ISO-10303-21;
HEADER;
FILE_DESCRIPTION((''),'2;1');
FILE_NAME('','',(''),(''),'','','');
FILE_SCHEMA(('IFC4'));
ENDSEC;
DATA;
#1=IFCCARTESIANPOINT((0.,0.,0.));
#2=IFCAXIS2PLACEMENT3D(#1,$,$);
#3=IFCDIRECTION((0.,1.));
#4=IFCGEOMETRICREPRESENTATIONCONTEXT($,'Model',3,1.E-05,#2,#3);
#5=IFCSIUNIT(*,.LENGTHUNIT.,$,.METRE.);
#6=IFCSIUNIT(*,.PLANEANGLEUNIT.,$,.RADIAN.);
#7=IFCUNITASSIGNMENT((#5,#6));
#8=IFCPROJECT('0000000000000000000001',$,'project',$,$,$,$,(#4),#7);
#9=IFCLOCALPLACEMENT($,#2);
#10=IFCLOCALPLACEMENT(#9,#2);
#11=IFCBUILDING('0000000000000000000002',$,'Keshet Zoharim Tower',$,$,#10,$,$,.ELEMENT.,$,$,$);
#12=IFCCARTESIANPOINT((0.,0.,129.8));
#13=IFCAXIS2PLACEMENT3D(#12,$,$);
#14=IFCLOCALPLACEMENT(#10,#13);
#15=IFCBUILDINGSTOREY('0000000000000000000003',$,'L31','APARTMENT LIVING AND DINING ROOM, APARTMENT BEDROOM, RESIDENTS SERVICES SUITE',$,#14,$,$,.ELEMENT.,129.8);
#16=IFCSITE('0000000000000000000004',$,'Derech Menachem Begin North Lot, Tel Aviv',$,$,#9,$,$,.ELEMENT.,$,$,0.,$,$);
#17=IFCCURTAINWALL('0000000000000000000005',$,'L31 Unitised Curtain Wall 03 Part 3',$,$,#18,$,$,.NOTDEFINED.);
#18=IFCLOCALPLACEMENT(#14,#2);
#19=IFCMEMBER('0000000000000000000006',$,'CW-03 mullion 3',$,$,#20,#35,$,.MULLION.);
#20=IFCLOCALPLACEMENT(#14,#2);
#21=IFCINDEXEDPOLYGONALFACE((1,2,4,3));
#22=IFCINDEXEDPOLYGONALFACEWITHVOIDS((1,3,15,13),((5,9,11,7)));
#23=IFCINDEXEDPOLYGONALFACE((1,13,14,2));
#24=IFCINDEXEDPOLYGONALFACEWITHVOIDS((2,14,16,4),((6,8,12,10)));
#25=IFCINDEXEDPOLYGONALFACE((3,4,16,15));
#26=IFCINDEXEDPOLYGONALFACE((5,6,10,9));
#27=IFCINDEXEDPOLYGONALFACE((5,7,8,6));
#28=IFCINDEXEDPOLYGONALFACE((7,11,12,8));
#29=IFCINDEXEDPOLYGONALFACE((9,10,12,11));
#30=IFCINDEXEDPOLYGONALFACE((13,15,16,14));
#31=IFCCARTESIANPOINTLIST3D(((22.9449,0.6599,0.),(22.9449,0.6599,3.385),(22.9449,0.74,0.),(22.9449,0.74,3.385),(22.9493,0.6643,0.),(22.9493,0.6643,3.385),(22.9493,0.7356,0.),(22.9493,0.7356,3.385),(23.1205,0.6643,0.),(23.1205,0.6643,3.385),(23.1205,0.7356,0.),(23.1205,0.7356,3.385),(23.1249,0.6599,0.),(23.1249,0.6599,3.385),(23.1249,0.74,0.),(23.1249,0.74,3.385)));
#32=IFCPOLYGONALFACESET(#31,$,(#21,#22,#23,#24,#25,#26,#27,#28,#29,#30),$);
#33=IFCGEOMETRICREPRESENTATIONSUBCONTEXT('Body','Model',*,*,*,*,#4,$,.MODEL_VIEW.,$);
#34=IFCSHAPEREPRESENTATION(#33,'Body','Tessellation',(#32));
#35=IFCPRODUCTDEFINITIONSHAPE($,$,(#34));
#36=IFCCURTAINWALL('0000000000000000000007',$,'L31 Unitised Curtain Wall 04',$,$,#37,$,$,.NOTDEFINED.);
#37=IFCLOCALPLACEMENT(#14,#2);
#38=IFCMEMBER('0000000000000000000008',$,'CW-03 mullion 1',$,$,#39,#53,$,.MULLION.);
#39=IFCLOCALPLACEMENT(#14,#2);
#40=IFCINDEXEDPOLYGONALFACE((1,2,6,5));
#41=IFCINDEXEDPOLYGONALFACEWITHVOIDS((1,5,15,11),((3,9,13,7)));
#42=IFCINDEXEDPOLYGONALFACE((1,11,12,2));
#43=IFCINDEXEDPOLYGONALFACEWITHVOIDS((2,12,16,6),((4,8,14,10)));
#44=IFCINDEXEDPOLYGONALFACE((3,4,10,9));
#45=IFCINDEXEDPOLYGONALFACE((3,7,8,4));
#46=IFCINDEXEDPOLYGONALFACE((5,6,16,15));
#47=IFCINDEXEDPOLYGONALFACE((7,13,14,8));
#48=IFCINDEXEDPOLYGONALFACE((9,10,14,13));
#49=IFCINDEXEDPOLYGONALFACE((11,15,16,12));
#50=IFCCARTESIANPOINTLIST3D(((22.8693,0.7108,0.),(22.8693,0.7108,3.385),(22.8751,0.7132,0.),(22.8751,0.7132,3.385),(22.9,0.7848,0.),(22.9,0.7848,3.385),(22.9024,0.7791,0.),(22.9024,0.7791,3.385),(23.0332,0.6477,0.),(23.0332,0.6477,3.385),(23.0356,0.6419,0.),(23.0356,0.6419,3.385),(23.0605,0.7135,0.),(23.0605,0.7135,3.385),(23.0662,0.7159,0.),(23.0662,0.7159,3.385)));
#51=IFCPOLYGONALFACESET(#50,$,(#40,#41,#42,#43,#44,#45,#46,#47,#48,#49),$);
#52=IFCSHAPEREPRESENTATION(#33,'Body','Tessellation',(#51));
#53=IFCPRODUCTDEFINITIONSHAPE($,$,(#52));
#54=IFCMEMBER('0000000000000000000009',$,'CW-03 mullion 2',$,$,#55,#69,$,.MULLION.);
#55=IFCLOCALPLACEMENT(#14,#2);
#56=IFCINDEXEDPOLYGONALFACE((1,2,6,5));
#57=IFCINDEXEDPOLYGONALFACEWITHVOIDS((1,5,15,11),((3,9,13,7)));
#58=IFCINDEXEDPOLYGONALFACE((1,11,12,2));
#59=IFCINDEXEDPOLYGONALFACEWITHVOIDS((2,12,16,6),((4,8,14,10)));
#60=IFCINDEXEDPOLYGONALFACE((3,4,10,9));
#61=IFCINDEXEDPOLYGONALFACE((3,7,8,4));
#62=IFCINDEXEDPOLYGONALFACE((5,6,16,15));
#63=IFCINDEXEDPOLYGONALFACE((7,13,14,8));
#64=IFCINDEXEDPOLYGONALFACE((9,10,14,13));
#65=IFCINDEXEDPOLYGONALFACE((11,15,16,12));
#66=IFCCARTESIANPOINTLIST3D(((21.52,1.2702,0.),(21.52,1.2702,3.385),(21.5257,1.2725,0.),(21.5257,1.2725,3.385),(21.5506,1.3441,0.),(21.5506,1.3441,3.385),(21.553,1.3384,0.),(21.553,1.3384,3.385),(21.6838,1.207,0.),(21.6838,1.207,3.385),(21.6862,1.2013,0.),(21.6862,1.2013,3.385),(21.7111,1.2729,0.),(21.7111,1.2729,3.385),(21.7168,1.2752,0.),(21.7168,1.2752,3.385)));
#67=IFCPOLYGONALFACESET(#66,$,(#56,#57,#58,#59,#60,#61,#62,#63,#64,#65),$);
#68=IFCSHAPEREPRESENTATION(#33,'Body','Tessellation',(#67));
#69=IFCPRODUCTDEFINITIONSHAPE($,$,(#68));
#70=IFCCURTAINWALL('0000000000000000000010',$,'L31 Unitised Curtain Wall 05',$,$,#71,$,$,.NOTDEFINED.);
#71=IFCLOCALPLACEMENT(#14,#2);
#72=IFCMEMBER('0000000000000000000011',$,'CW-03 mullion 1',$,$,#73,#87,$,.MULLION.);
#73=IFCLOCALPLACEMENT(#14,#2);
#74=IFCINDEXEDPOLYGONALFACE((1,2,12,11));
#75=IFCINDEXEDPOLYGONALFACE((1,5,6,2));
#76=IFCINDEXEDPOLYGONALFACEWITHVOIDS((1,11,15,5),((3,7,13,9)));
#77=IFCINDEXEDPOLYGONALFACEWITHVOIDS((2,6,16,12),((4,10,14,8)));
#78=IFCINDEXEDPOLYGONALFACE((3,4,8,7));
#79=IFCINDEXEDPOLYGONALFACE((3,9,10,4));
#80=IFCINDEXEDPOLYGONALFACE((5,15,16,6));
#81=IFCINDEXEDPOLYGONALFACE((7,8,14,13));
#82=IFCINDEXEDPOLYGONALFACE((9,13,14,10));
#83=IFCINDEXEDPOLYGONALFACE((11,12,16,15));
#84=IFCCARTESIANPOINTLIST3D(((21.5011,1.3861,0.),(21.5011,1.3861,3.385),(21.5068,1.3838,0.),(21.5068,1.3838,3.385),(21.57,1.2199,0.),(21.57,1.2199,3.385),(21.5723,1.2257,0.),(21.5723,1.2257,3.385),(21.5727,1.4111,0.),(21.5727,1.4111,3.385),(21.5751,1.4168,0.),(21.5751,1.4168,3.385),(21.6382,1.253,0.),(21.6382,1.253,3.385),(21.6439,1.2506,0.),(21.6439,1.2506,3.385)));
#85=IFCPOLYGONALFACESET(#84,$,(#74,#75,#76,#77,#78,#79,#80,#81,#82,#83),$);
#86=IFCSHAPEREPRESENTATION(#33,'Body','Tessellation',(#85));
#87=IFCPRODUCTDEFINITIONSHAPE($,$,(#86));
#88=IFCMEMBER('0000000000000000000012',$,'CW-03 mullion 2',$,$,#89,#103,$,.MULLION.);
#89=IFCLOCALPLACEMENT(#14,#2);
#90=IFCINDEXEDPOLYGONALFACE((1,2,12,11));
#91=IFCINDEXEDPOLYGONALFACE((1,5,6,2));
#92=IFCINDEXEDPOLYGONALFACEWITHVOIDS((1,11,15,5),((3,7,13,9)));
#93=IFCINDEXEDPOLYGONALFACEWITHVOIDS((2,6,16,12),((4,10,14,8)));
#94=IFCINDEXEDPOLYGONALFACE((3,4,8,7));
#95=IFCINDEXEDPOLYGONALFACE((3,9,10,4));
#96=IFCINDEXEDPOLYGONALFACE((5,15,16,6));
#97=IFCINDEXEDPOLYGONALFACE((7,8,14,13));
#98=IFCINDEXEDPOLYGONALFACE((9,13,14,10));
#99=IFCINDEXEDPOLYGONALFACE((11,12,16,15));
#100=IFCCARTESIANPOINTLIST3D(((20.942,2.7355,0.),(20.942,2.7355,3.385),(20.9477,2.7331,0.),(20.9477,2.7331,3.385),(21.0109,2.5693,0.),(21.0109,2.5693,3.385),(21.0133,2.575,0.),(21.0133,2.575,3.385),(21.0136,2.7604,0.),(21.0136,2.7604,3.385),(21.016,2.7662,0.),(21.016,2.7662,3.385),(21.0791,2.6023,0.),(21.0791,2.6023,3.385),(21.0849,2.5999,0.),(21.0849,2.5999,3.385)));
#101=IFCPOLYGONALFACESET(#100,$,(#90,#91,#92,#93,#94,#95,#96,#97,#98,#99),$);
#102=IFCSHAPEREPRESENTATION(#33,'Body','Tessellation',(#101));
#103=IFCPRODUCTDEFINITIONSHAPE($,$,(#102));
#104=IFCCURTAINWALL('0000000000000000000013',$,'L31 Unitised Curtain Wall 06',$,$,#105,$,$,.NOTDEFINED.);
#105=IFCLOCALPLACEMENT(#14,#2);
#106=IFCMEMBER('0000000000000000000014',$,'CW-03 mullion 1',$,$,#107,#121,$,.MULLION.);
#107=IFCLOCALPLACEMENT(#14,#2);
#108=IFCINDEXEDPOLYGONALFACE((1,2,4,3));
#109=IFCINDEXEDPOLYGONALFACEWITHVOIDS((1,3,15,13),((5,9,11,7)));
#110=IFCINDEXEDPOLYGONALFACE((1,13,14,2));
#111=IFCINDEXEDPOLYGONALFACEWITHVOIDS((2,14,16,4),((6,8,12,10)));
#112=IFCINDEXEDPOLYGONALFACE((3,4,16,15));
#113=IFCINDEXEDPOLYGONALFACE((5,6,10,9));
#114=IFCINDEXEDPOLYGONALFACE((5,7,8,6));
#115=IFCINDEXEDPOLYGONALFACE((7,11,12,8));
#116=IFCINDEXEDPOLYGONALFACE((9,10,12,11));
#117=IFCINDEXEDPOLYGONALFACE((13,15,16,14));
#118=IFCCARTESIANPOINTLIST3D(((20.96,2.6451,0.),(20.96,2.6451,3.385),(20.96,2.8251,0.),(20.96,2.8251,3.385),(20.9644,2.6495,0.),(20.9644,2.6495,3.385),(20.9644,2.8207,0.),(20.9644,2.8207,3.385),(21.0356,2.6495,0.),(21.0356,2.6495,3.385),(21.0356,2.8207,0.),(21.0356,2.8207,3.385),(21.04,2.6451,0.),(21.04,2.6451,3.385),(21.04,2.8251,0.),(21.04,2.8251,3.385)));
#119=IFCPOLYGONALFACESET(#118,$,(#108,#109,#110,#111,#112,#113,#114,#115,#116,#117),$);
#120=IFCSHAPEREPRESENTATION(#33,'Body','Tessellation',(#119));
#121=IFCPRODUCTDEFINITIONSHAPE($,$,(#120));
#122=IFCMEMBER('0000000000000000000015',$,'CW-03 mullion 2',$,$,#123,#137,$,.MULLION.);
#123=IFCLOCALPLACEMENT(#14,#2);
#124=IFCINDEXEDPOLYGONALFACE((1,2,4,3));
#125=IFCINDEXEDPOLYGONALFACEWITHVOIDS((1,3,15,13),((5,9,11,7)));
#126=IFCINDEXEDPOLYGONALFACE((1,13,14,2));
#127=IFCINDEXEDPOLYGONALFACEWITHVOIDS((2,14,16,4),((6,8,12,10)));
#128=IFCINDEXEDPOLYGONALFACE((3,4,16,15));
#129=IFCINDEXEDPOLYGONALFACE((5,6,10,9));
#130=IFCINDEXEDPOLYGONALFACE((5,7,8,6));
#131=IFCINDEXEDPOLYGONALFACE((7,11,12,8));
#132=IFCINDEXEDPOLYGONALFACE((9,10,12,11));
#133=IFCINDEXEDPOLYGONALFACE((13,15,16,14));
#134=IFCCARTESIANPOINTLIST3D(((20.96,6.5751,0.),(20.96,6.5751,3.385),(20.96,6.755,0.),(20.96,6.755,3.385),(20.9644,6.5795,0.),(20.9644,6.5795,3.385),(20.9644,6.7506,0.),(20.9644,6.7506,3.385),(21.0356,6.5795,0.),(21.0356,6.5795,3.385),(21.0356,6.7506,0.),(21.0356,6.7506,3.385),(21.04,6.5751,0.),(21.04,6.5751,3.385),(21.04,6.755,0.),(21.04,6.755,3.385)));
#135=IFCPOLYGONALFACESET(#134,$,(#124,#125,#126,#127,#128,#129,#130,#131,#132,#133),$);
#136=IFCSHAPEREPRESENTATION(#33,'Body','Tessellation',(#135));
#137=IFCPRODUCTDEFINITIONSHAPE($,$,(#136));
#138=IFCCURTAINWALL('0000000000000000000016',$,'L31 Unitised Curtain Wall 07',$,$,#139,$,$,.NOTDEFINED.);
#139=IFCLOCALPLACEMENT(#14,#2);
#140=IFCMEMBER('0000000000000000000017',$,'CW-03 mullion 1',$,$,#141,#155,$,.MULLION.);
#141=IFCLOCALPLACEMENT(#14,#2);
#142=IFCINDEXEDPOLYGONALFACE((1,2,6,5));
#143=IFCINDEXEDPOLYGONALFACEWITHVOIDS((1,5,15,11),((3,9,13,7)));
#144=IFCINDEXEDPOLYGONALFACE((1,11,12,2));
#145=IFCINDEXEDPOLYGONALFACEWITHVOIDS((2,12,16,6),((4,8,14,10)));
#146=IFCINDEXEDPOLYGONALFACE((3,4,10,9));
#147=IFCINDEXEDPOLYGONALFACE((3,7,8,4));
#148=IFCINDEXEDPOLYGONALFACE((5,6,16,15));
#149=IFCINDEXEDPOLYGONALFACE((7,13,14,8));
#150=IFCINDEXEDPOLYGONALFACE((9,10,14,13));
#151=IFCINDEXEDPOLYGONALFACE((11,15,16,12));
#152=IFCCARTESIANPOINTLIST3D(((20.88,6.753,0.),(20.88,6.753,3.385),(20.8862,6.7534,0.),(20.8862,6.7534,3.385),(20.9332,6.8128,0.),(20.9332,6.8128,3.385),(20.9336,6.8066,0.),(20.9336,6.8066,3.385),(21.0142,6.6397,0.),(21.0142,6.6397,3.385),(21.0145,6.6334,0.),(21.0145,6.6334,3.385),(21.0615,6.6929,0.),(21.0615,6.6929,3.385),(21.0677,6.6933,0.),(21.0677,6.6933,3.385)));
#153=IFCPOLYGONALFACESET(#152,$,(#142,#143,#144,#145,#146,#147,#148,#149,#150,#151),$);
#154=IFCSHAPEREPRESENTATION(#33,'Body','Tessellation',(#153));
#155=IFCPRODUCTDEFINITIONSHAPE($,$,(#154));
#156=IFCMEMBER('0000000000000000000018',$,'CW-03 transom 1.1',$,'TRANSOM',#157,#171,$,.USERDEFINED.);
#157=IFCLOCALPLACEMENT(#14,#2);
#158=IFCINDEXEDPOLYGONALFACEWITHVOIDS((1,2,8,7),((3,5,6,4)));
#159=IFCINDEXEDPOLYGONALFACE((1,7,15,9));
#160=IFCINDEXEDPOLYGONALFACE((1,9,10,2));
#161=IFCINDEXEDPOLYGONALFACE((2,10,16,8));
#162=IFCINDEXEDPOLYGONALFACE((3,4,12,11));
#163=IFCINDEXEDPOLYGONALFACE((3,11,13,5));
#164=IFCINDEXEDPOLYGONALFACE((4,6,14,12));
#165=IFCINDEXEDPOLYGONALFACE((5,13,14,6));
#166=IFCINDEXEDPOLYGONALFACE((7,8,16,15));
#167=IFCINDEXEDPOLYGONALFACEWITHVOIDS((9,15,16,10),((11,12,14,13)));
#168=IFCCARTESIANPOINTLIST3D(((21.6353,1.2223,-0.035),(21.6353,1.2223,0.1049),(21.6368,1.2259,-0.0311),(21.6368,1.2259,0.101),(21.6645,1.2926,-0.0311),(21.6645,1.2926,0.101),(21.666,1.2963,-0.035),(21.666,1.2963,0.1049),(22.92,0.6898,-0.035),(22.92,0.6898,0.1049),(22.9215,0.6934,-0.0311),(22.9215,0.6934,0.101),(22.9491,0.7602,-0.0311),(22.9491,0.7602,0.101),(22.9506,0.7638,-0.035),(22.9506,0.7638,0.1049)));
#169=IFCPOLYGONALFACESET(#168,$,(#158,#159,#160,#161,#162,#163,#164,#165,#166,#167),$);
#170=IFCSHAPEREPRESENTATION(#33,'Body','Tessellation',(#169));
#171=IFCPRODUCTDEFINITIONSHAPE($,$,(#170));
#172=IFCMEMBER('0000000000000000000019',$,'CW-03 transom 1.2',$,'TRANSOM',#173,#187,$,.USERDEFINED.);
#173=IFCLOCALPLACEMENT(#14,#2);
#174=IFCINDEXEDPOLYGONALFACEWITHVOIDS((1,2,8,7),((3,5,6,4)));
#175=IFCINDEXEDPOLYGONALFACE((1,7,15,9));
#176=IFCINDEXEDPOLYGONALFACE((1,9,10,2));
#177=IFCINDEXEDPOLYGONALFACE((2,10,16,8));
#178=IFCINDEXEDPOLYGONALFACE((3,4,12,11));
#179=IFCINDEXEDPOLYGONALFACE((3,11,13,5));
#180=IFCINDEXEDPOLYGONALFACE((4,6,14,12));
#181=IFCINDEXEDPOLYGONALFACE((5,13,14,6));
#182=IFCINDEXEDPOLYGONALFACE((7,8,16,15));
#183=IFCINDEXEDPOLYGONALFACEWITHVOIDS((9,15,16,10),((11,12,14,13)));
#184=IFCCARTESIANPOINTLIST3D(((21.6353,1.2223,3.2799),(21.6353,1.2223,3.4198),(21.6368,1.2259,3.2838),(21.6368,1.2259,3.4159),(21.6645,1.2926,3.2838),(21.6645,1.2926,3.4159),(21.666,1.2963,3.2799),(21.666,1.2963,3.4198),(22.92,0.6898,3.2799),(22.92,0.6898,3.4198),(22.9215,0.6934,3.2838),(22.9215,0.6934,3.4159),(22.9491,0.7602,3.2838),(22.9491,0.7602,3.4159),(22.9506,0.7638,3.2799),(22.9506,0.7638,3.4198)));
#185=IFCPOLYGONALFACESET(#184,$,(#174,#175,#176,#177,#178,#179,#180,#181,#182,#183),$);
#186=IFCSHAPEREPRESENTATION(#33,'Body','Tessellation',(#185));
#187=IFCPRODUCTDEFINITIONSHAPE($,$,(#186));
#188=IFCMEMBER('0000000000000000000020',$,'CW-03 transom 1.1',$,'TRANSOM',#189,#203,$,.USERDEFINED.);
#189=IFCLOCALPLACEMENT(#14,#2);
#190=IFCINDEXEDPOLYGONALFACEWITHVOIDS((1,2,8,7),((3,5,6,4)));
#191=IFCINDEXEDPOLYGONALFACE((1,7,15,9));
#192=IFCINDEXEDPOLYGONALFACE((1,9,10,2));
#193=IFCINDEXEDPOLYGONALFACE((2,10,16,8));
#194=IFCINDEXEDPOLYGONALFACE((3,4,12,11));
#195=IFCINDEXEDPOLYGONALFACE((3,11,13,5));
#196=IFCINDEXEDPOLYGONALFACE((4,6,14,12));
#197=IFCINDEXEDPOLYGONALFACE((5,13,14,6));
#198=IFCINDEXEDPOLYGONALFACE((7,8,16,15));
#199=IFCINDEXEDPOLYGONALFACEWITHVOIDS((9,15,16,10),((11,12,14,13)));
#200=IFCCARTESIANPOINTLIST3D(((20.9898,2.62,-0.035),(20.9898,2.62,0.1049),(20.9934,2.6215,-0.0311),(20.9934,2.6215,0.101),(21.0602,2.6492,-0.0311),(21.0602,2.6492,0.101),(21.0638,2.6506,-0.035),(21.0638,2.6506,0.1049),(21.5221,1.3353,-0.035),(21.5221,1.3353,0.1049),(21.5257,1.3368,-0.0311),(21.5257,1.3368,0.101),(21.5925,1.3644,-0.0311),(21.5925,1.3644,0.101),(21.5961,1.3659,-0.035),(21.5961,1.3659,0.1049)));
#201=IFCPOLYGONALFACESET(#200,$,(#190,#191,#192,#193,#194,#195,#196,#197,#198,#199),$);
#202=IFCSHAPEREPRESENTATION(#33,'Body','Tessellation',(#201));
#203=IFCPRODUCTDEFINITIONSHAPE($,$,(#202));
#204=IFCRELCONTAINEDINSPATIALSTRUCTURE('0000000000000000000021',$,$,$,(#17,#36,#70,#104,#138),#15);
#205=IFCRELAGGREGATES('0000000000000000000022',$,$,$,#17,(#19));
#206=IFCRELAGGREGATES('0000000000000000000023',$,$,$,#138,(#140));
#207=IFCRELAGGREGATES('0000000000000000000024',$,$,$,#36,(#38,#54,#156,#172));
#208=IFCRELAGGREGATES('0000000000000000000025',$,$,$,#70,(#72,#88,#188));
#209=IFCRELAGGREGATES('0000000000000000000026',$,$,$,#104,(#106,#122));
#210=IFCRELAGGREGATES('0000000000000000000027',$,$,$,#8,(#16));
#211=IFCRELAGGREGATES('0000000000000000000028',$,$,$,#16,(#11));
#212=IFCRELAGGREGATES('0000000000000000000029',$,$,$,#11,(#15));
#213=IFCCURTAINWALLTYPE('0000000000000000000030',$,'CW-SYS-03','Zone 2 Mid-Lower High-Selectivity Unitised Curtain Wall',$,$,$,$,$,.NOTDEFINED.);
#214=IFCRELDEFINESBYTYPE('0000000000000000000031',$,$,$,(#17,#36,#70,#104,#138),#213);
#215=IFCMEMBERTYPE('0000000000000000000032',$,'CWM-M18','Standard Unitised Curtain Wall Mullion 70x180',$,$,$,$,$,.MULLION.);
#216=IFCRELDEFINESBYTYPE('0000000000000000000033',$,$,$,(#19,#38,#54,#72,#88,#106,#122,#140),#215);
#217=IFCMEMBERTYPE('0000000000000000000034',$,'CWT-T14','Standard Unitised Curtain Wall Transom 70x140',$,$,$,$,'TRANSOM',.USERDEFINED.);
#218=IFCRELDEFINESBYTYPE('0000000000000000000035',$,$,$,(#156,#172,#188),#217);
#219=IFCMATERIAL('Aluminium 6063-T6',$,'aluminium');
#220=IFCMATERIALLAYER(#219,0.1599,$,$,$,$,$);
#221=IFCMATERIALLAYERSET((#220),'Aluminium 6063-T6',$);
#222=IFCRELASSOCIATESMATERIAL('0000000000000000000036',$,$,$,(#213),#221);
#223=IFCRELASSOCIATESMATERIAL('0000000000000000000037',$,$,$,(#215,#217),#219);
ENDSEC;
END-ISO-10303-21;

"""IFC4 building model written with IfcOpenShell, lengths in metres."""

from ifc_helpers import new_model, si_unit, direction, frame, origin, origin_2d, place, context, subcontext, project, spatial, hollow_rectangle, extrude, material, layer, layer_set, material_profile, profile_set, type_object, element, aggregate, save


model = new_model("IFC4")

# Units and contexts
model_context = context("Model", 3, precision=1e-05, world=origin(), true_north=direction((0.0, 1.0)))
body_context = subcontext(model_context, "Body", "Model", "MODEL_VIEW")
ifc_project = project(units=[si_unit("LENGTHUNIT", "METRE"), si_unit("PLANEANGLEUNIT", "RADIAN")], contexts=[model_context])

# Site, building, storey
site_placement = place(None, origin())
site = spatial("IfcSite", under=ifc_project, at=site_placement, Name="Derech Menachem Begin North Lot, Tel Aviv", CompositionType="ELEMENT", RefElevation=0.0)
building_placement = place(site_placement, origin())
building = spatial("IfcBuilding", under=site, at=building_placement, Name="Keshet Zoharim Tower", CompositionType="ELEMENT")
storey_placement = place(building_placement, frame((0.0, 0.0, 129.8)))
storey = spatial("IfcBuildingStorey", under=building, at=storey_placement, Name="L31", Description="APARTMENT LIVING AND DINING ROOM, APARTMENT BEDROOM, RESIDENTS SERVICES SUITE", CompositionType="ELEMENT", Elevation=129.8)

# Curtain wall, member
ifc_material_1 = material(Name="Aluminium 6063-T6", Category="aluminium")
ifc_layer_1 = layer(ifc_material_1, 0.1599)
ifc_layer_set_1 = layer_set([ifc_layer_1], Name="Aluminium 6063-T6")
curtain_wall_type = type_object("IfcCurtainWallType", Name="CW-SYS-03", Description="Zone 2 Mid-Lower High-Selectivity Unitised Curtain Wall", PredefinedType="NOTDEFINED", material=ifc_layer_set_1)
curtain_wall_1_placement = place(storey_placement, origin())
curtain_wall_1 = element("IfcCurtainWall", 1, at=curtain_wall_1_placement, inside=storey, type_object=curtain_wall_type, Name="L31 Unitised Curtain Wall 03 Part 3", PredefinedType="NOTDEFINED")
ifc_material_profile_1 = material_profile(ifc_material_1, hollow_rectangle(XDim=0.0801, YDim=0.1799, WallThickness=0.0044, at=origin_2d()), Name="MUL-80x180")
ifc_profile_set_1 = profile_set([ifc_material_profile_1], Name="Aluminium 6063-T6")
member_type_1 = type_object("IfcMemberType", Name="CWM-M18", Description="Standard Unitised Curtain Wall Mullion 70x180", PredefinedType="MULLION", material=ifc_profile_set_1)
member_1_placement = place(storey_placement, frame((23.0349, 0.7, 0.0), z_axis=(0.0, 0.0, 1.0), x_axis=(0.0, -1.0, 0.0)))
member_1 = element("IfcMember", 2, at=member_1_placement, type_object=member_type_1, Name="CW-03 mullion 3", PredefinedType="MULLION", context=body_context, shape_type="SweptSolid", body=[
    extrude(hollow_rectangle(XDim=0.0801, YDim=0.1799, WallThickness=0.0044, at=origin_2d()), origin(), (0.0, 0.0, 1.0), 3.385),
])
aggregate(curtain_wall_1, [member_1])

# Curtain walls, members
curtain_wall_2_placement = place(storey_placement, origin())
curtain_wall_2 = element("IfcCurtainWall", 3, at=curtain_wall_2_placement, inside=storey, type_object=curtain_wall_type, Name="L31 Unitised Curtain Wall 04", PredefinedType="NOTDEFINED")
member_2_placement = place(storey_placement, frame((22.9678, 0.7134, 0.0), z_axis=(0.0, 0.0, 1.0), x_axis=(-0.382852, -0.92381, 0.0)))
member_2 = element("IfcMember", 4, at=member_2_placement, type_object=member_type_1, Name="CW-03 mullion 1", PredefinedType="MULLION", context=body_context, shape_type="SweptSolid", body=[
    extrude(hollow_rectangle(XDim=0.0801, YDim=0.1799, WallThickness=0.0044, at=origin_2d()), origin(), (0.0, 0.0, 1.0), 3.385),
])
member_3_placement = place(storey_placement, frame((21.6184, 1.2727, 0.0), z_axis=(0.0, 0.0, 1.0), x_axis=(-0.382852, -0.92381, 0.0)))
member_3 = element("IfcMember", 5, at=member_3_placement, type_object=member_type_1, Name="CW-03 mullion 2", PredefinedType="MULLION", context=body_context, shape_type="SweptSolid", body=[
    extrude(hollow_rectangle(XDim=0.0801, YDim=0.1799, WallThickness=0.0044, at=origin_2d()), origin(), (0.0, 0.0, 1.0), 3.385),
])
curtain_wall_3_placement = place(storey_placement, origin())
curtain_wall_3 = element("IfcCurtainWall", 6, at=curtain_wall_3_placement, inside=storey, type_object=curtain_wall_type, Name="L31 Unitised Curtain Wall 05", PredefinedType="NOTDEFINED")
member_4_placement = place(storey_placement, frame((21.5725, 1.3184, 0.0), z_axis=(0.0, 0.0, 1.0), x_axis=(-0.92381, -0.382852, 0.0)))
member_4 = element("IfcMember", 7, at=member_4_placement, type_object=member_type_1, Name="CW-03 mullion 1", PredefinedType="MULLION", context=body_context, shape_type="SweptSolid", body=[
    extrude(hollow_rectangle(XDim=0.0801, YDim=0.1799, WallThickness=0.0044, at=origin_2d()), origin(), (0.0, 0.0, 1.0), 3.385),
])
member_5_placement = place(storey_placement, frame((21.0134, 2.6677, 0.0), z_axis=(0.0, 0.0, 1.0), x_axis=(-0.92381, -0.382852, 0.0)))
member_5 = element("IfcMember", 8, at=member_5_placement, type_object=member_type_1, Name="CW-03 mullion 2", PredefinedType="MULLION", context=body_context, shape_type="SweptSolid", body=[
    extrude(hollow_rectangle(XDim=0.0801, YDim=0.1799, WallThickness=0.0044, at=origin_2d()), origin(), (0.0, 0.0, 1.0), 3.385),
])
curtain_wall_4_placement = place(storey_placement, origin())
curtain_wall_4 = element("IfcCurtainWall", 9, at=curtain_wall_4_placement, inside=storey, type_object=curtain_wall_type, Name="L31 Unitised Curtain Wall 06", PredefinedType="NOTDEFINED")
member_6_placement = place(storey_placement, frame((21.0, 2.7351, 0.0), z_axis=(0.0, 0.0, 1.0), x_axis=(-1.0, 0.0, 0.0)))
member_6 = element("IfcMember", 10, at=member_6_placement, type_object=member_type_1, Name="CW-03 mullion 1", PredefinedType="MULLION", context=body_context, shape_type="SweptSolid", body=[
    extrude(hollow_rectangle(XDim=0.0801, YDim=0.1799, WallThickness=0.0044, at=origin_2d()), origin(), (0.0, 0.0, 1.0), 3.385),
])
member_7_placement = place(storey_placement, frame((21.0, 6.665, 0.0), z_axis=(0.0, 0.0, 1.0), x_axis=(-1.0, 0.0, 0.0)))
member_7 = element("IfcMember", 11, at=member_7_placement, type_object=member_type_1, Name="CW-03 mullion 2", PredefinedType="MULLION", context=body_context, shape_type="SweptSolid", body=[
    extrude(hollow_rectangle(XDim=0.0801, YDim=0.1799, WallThickness=0.0044, at=origin_2d()), origin(), (0.0, 0.0, 1.0), 3.385),
])

# Curtain wall, member
curtain_wall_5_placement = place(storey_placement, origin())
curtain_wall_5 = element("IfcCurtainWall", 12, at=curtain_wall_5_placement, inside=storey, type_object=curtain_wall_type, Name="L31 Unitised Curtain Wall 07", PredefinedType="NOTDEFINED")
member_8_placement = place(storey_placement, frame((20.9739, 6.7231, 0.0), z_axis=(0.0, 0.0, 1.0), x_axis=(-0.664367, -0.747406, 0.0)))
member_8 = element("IfcMember", 13, at=member_8_placement, type_object=member_type_1, Name="CW-03 mullion 1", PredefinedType="MULLION", context=body_context, shape_type="SweptSolid", body=[
    extrude(hollow_rectangle(XDim=0.0801, YDim=0.1799, WallThickness=0.0044, at=origin_2d()), origin(), (0.0, 0.0, 1.0), 3.385),
])

# Members
ifc_material_profile_2 = material_profile(ifc_material_1, hollow_rectangle(XDim=0.0801, YDim=0.1399, WallThickness=0.0039, at=origin_2d()), Name="TRN-80x140")
ifc_profile_set_2 = profile_set([ifc_material_profile_2], Name="Aluminium 6063-T6")
member_type_2 = type_object("IfcMemberType", Name="CWT-T14", Description="Standard Unitised Curtain Wall Transom 70x140", ElementType="TRANSOM", PredefinedType="USERDEFINED", material=ifc_profile_set_2)
member_9_placement = place(storey_placement, frame((22.9353, 0.7268, 0.0349), z_axis=(-0.923792, 0.382894, 0.0), x_axis=(-0.382894, -0.923792, 0.0)))
member_9 = element("IfcMember", 14, at=member_9_placement, type_object=member_type_2, Name="CW-03 transom 1.1", ObjectType="TRANSOM", PredefinedType="USERDEFINED", context=body_context, shape_type="SweptSolid", body=[
    extrude(hollow_rectangle(XDim=0.0801, YDim=0.1399, WallThickness=0.0039, at=origin_2d()), origin(), (0.0, 0.0, 1.0), 1.3906),
])
member_10_placement = place(storey_placement, frame((22.9353, 0.7268, 3.3499), z_axis=(-0.923792, 0.382894, 0.0), x_axis=(-0.382894, -0.923792, 0.0)))
member_10 = element("IfcMember", 15, at=member_10_placement, type_object=member_type_2, Name="CW-03 transom 1.2", ObjectType="TRANSOM", PredefinedType="USERDEFINED", context=body_context, shape_type="SweptSolid", body=[
    extrude(hollow_rectangle(XDim=0.0801, YDim=0.1399, WallThickness=0.0039, at=origin_2d()), origin(), (0.0, 0.0, 1.0), 1.3906),
])
member_11_placement = place(storey_placement, frame((21.5591, 1.3506, 0.0349), z_axis=(-0.382745, 0.923854, 0.0), x_axis=(-0.923854, -0.382745, 0.0)))
member_11 = element("IfcMember", 16, at=member_11_placement, type_object=member_type_2, Name="CW-03 transom 1.1", ObjectType="TRANSOM", PredefinedType="USERDEFINED", context=body_context, shape_type="SweptSolid", body=[
    extrude(hollow_rectangle(XDim=0.0801, YDim=0.1399, WallThickness=0.0039, at=origin_2d()), origin(), (0.0, 0.0, 1.0), 1.3906),
])
aggregate(curtain_wall_5, [member_8])

aggregate(curtain_wall_2, [member_2, member_3, member_9, member_10])
aggregate(curtain_wall_3, [member_4, member_5, member_11])
aggregate(curtain_wall_4, [member_6, member_7])

save(model, "model.ifc")
